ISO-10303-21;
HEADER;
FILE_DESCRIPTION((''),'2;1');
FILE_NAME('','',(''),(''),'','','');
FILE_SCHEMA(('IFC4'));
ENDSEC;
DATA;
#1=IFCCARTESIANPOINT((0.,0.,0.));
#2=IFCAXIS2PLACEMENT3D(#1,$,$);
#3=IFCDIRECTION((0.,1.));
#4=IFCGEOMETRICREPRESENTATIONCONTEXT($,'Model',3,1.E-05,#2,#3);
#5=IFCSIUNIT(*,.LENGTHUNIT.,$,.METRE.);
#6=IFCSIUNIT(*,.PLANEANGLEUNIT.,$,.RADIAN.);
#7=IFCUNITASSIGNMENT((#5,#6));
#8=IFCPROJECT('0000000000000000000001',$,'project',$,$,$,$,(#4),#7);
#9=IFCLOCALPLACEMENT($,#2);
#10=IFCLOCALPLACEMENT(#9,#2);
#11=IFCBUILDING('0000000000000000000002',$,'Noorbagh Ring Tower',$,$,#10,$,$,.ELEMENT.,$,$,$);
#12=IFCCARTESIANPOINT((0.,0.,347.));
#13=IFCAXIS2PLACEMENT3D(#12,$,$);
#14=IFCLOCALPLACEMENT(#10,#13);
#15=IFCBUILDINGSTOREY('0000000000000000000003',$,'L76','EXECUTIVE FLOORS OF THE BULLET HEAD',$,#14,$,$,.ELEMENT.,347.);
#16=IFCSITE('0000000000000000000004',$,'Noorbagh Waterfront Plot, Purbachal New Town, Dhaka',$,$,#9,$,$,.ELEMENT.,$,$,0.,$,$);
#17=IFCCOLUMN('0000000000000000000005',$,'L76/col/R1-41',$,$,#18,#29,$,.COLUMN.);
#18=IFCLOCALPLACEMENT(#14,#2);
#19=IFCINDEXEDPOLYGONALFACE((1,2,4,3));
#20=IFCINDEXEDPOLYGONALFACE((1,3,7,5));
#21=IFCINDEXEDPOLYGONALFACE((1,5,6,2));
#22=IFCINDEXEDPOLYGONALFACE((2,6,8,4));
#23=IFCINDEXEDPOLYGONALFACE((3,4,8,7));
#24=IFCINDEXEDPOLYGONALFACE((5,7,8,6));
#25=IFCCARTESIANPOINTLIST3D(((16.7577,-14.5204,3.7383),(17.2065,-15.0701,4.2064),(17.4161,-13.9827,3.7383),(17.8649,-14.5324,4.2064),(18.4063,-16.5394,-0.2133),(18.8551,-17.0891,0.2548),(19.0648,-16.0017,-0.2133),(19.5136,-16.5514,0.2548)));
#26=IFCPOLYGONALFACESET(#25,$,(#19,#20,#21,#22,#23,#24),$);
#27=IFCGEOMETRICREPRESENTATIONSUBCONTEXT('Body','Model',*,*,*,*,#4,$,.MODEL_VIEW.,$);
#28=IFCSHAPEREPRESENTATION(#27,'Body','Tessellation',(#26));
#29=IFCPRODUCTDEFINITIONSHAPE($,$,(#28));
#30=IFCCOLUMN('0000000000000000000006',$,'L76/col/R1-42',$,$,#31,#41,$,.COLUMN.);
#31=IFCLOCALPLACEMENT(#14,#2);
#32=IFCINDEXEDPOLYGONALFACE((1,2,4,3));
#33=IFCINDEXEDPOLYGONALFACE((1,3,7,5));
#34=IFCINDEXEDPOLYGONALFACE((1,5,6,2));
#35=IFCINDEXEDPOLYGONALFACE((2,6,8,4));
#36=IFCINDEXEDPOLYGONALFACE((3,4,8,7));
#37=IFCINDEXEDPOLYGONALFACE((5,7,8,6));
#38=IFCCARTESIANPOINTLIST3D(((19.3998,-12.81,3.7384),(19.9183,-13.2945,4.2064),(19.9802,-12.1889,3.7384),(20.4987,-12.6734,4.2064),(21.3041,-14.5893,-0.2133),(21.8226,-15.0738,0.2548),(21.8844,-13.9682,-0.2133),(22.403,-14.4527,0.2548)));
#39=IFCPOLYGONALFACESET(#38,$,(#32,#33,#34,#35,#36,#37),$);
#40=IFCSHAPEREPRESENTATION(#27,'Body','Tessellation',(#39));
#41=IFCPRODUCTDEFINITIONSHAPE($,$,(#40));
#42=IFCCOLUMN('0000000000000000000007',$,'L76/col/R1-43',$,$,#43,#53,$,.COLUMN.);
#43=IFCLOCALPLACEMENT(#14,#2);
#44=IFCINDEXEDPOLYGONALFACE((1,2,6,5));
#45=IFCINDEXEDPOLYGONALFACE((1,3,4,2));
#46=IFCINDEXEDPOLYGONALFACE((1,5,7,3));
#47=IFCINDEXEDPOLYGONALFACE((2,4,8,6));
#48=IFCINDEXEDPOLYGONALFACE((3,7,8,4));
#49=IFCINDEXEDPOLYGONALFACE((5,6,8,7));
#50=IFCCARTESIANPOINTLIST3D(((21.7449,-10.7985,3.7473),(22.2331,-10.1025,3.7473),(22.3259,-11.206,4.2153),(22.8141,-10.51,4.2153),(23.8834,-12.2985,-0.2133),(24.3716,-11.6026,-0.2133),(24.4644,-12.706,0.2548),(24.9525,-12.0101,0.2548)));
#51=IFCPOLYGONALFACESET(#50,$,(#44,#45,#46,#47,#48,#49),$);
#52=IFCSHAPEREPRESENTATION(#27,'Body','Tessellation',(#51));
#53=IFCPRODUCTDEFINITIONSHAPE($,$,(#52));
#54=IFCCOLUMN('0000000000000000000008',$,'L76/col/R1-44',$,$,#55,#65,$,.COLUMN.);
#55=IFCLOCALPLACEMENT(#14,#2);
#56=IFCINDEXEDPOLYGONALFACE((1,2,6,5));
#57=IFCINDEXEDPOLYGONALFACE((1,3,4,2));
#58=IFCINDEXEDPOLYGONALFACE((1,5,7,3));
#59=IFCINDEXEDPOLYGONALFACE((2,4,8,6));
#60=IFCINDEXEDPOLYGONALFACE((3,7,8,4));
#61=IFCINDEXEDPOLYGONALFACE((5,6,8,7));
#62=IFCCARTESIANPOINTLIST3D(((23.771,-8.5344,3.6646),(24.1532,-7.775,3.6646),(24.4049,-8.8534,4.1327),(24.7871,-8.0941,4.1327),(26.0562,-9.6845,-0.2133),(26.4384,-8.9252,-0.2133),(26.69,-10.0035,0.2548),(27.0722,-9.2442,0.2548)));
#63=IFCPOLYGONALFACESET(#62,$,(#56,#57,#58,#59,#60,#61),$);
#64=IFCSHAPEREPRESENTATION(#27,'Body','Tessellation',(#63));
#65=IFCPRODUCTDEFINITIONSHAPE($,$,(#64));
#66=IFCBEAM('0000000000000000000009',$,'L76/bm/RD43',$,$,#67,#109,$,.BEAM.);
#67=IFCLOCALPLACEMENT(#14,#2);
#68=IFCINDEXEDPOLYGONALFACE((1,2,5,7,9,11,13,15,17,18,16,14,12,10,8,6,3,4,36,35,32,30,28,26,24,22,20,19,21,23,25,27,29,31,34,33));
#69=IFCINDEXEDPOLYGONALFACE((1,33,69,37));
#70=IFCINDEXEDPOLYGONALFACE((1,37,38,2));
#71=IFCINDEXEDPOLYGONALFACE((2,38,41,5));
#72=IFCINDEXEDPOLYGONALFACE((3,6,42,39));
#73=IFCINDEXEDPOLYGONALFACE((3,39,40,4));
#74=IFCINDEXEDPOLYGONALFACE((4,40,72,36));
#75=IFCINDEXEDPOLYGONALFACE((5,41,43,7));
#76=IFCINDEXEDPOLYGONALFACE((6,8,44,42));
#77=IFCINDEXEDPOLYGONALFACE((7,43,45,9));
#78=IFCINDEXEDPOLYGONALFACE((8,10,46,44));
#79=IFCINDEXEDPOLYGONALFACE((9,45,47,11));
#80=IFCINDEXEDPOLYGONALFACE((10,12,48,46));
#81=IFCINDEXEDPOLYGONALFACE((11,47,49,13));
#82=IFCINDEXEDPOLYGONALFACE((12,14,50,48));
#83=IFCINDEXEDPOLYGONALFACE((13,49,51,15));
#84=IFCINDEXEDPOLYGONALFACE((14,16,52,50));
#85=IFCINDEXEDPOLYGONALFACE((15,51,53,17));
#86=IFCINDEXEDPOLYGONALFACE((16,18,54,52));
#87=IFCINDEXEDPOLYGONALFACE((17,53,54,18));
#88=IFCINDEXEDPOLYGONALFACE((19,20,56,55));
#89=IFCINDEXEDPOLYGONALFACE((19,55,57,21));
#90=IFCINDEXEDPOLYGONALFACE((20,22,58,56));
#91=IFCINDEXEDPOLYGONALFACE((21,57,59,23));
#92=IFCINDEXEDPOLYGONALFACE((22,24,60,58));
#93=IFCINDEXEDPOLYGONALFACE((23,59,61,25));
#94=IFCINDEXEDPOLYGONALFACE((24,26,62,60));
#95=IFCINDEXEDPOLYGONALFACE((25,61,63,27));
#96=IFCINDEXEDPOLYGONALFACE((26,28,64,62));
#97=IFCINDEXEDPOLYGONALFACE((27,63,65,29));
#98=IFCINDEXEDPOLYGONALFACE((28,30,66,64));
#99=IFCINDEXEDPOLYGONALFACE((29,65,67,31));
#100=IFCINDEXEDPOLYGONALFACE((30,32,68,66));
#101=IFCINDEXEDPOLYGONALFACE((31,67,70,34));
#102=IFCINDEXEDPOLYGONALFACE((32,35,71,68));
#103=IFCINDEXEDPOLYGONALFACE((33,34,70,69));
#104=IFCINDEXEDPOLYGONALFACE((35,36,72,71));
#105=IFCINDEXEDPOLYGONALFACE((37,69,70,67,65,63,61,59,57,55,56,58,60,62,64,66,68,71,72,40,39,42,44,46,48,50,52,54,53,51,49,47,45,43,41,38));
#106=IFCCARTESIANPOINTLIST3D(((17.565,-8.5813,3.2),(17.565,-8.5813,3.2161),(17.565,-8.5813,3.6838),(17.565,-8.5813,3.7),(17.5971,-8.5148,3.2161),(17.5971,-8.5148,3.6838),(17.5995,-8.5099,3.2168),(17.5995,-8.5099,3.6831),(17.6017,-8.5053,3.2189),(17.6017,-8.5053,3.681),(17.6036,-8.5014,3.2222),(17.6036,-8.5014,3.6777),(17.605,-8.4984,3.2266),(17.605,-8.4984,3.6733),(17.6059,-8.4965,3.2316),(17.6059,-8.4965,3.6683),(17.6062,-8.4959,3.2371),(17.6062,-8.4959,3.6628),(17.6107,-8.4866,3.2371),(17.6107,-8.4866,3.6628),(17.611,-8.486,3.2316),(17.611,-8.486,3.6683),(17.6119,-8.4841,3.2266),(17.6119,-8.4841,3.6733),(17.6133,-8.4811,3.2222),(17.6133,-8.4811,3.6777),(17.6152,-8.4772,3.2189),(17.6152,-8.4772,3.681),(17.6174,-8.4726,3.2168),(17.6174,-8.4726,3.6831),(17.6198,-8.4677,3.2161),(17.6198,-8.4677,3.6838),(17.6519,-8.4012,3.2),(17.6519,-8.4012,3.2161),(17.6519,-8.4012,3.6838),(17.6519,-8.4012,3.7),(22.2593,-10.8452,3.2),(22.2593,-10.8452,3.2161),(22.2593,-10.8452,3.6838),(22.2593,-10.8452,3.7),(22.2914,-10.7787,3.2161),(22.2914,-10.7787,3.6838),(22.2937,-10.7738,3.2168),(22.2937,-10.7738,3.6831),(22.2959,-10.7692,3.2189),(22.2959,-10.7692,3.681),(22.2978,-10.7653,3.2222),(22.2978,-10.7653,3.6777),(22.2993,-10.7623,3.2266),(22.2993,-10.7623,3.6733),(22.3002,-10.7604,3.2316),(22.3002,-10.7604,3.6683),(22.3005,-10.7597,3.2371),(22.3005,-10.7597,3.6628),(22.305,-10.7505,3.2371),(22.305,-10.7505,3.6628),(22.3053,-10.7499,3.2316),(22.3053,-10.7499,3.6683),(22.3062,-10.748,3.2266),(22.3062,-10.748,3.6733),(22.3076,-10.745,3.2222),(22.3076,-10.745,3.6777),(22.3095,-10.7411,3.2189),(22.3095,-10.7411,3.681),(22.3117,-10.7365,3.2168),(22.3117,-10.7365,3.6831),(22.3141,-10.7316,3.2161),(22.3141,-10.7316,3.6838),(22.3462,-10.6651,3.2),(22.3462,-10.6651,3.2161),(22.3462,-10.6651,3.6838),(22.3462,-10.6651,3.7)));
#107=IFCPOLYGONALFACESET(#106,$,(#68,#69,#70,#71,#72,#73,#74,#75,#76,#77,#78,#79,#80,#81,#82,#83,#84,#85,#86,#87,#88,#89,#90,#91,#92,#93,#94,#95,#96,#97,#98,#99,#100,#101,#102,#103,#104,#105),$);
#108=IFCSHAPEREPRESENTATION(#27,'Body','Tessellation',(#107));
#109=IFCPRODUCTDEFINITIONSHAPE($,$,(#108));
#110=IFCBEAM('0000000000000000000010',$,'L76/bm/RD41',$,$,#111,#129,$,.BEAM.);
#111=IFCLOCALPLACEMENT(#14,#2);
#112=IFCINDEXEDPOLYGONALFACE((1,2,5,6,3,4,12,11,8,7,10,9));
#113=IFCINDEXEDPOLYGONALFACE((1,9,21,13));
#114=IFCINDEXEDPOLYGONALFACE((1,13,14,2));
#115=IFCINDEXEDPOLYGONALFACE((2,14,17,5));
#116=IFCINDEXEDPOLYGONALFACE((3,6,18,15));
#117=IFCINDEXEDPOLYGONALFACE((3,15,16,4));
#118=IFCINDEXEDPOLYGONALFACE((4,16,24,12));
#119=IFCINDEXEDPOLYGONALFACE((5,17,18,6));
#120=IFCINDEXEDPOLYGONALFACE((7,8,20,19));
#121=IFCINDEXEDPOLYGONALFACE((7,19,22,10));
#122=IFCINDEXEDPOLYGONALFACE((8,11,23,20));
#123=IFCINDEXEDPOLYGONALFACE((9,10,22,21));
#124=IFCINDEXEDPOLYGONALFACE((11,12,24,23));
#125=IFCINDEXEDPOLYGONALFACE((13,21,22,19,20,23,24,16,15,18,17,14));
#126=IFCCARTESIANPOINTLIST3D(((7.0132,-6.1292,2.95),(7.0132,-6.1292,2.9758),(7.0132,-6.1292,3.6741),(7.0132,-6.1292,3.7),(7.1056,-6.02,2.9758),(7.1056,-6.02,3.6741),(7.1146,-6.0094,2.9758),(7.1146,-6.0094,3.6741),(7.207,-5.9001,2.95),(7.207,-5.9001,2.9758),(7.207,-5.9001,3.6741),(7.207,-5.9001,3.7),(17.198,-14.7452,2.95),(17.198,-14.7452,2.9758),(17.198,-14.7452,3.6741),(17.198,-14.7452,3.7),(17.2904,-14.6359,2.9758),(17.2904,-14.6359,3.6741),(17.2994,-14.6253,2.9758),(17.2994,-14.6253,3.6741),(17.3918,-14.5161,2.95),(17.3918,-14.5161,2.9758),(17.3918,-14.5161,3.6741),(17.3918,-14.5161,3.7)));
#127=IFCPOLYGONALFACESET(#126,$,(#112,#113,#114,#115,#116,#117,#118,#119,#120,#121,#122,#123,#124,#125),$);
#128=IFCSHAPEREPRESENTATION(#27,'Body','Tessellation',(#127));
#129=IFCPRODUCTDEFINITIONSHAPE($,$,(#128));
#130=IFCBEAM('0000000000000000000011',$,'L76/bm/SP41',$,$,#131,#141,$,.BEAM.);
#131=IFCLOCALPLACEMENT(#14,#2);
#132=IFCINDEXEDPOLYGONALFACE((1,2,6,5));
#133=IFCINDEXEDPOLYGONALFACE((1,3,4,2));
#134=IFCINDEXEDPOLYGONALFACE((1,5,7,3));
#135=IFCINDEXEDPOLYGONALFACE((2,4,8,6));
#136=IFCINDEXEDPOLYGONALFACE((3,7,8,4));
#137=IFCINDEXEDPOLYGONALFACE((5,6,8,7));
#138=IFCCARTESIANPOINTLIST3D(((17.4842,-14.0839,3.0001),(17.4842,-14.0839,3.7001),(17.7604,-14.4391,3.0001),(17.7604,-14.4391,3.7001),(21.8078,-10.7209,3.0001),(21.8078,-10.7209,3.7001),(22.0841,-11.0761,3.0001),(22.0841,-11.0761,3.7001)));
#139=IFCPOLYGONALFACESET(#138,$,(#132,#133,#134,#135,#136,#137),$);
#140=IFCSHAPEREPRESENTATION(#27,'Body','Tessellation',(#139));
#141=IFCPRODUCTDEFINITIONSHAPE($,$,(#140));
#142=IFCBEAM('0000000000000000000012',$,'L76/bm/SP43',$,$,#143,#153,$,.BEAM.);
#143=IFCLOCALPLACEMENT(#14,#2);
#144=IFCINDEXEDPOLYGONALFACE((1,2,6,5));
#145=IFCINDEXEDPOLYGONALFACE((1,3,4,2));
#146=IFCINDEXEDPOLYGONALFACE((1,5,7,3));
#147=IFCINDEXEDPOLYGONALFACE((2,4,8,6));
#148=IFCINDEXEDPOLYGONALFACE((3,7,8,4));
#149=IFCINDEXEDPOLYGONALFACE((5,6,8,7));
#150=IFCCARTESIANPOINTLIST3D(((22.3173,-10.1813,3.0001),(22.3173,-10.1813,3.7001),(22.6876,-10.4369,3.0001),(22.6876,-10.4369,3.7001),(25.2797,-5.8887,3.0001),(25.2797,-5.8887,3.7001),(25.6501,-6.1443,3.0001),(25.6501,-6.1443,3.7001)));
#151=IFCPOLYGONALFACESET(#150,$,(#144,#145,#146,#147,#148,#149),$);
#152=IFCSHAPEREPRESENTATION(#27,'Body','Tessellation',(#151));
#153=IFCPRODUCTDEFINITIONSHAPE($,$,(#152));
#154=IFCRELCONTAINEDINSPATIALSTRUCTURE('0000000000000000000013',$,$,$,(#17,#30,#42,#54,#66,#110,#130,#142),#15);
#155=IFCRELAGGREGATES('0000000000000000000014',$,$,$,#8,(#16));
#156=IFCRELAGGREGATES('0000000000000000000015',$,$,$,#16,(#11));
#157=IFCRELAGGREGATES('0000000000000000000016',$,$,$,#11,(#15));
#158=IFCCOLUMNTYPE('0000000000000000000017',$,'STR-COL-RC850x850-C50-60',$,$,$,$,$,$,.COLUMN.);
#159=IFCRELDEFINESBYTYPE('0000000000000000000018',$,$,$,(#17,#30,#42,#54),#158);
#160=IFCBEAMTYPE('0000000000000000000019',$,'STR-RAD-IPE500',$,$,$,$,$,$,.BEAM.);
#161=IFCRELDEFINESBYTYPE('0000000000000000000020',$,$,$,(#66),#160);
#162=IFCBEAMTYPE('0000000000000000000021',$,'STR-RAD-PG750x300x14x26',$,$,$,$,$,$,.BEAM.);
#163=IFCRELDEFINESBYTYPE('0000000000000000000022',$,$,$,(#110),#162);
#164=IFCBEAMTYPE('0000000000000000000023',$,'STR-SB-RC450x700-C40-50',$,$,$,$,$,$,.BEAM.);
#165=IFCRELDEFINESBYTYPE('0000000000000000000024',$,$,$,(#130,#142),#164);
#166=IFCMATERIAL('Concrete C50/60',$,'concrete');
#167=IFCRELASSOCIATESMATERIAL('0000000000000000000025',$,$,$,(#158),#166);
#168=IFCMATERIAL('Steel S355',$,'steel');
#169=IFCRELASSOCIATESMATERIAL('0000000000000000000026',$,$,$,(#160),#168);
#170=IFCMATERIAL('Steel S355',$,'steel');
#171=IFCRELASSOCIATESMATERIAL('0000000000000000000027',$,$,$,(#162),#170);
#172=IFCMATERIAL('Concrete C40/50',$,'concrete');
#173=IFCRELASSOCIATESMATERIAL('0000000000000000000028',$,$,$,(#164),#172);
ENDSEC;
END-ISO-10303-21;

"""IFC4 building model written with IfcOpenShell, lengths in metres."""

from ifc_helpers import new_model, si_unit, direction, frame, origin, origin_2d, place, context, subcontext, project, spatial, rectangle, i_section, extrude, material, material_profile, profile_set, type_object, element, save


model = new_model("IFC4")

# Units and contexts
model_context = context("Model", 3, precision=1e-05, world=origin(), true_north=direction((0.0, 1.0)))
body_context = subcontext(model_context, "Body", "Model", "MODEL_VIEW")
ifc_project = project(units=[si_unit("LENGTHUNIT", "METRE"), si_unit("PLANEANGLEUNIT", "RADIAN")], contexts=[model_context])

# Site, building, storey
site_placement = place(None, origin())
site = spatial("IfcSite", under=ifc_project, at=site_placement, Name="Noorbagh Waterfront Plot, Purbachal New Town, Dhaka", CompositionType="ELEMENT", RefElevation=0.0)
building_placement = place(site_placement, origin())
building = spatial("IfcBuilding", under=site, at=building_placement, Name="Noorbagh Ring Tower", CompositionType="ELEMENT")
storey_placement = place(building_placement, frame((0.0, 0.0, 347.0)))
storey = spatial("IfcBuildingStorey", under=building, at=storey_placement, Name="L76", Description="EXECUTIVE FLOORS OF THE BULLET HEAD", CompositionType="ELEMENT", Elevation=347.0)

# Columns
ifc_material_1 = material(Name="Concrete C50/60", Category="concrete")
ifc_material_profile_1 = material_profile(ifc_material_1, rectangle(XDim=0.8501, YDim=0.8501, at=origin_2d()), Name="RC850x850")
ifc_profile_set_1 = profile_set([ifc_material_profile_1], Name="Concrete C50/60")
column_type = type_object("IfcColumnType", Name="STR-COL-RC850x850-C50-60", PredefinedType="COLUMN", material=ifc_profile_set_1)
column_1_placement = place(storey_placement, frame((18.96, -16.5454, 0.0208), z_axis=(-0.348267, 0.426503, 0.834749), x_axis=(-0.77457, -0.632488, 0.0)))
element("IfcColumn", 1, at=column_1_placement, inside=storey, type_object=column_type, Name="L76/col/R1-41", PredefinedType="COLUMN", context=body_context, shape_type="SweptSolid", body=[
    extrude(rectangle(XDim=0.8501, YDim=0.8501, at=origin_2d()), origin(), (0.0, 0.0, 1.0), 4.7339),
])
column_2_placement = place(storey_placement, frame((21.8535, -14.521, 0.0208), z_axis=(-0.402286, 0.375879, 0.834794), x_axis=(-0.682719, -0.730681, 0.0)))
element("IfcColumn", 2, at=column_2_placement, inside=storey, type_object=column_type, Name="L76/col/R1-42", PredefinedType="COLUMN", context=body_context, shape_type="SweptSolid", body=[
    extrude(rectangle(XDim=0.8501, YDim=0.8501, at=origin_2d()), origin(), (0.0, 0.0, 1.0), 4.7336),
])
column_3_placement = place(storey_placement, frame((24.418, -12.1543, 0.0208), z_axis=(-0.45074, 0.316171, 0.834787), x_axis=(-0.574259, -0.818674, 0.0)))
element("IfcColumn", 3, at=column_3_placement, inside=storey, type_object=column_type, Name="L76/col/R1-43", PredefinedType="COLUMN", context=body_context, shape_type="SweptSolid", body=[
    extrude(rectangle(XDim=0.8501, YDim=0.8501, at=origin_2d()), origin(), (0.0, 0.0, 1.0), 4.7444),
])
column_4_placement = place(storey_placement, frame((26.5642, -9.4644, 0.0208), z_axis=(-0.49188, 0.247569, 0.834724), x_axis=(-0.449579, -0.893241, 0.0)))
element("IfcColumn", 4, at=column_4_placement, inside=storey, type_object=column_type, Name="L76/col/R1-44", PredefinedType="COLUMN", context=body_context, shape_type="SweptSolid", body=[
    extrude(rectangle(XDim=0.8501, YDim=0.8501, at=origin_2d()), origin(), (0.0, 0.0, 1.0), 4.6458),
])

# Beams
ifc_material_2 = material(Name="Steel S355", Category="steel")
ifc_material_profile_2 = material_profile(ifc_material_2, i_section(OverallWidth=0.2, OverallDepth=0.5, WebThickness=0.0103, FlangeThickness=0.0161, FilletRadius=0.021, at=origin_2d()), Name="IPE500")
ifc_profile_set_2 = profile_set([ifc_material_profile_2], Name="Steel S355")
beam_type_1 = type_object("IfcBeamType", Name="STR-RAD-IPE500", PredefinedType="BEAM", material=ifc_profile_set_2)
beam_1_placement = place(storey_placement, frame((22.3027, -10.7551, 3.45), z_axis=(-0.900725, 0.434389, 0.0), x_axis=(-0.434389, -0.900725, 0.0)))
element("IfcBeam", 5, at=beam_1_placement, inside=storey, type_object=beam_type_1, Name="L76/bm/RD43", PredefinedType="BEAM", context=body_context, shape_type="SweptSolid", body=[
    extrude(i_section(OverallWidth=0.2, OverallDepth=0.5, WebThickness=0.0103, FlangeThickness=0.0161, FilletRadius=0.021, at=origin_2d()), origin(), (0.0, 0.0, 1.0), 5.2117),
])
ifc_material_3 = material(Name="Steel S355", Category="steel")
ifc_material_profile_3 = material_profile(ifc_material_3, i_section(OverallWidth=0.3, OverallDepth=0.75, WebThickness=0.0139, FlangeThickness=0.0259, at=origin_2d()), Name="PG750x300x14x26")
ifc_profile_set_3 = profile_set([ifc_material_profile_3], Name="Steel S355")
beam_type_2 = type_object("IfcBeamType", Name="STR-RAD-PG750x300x14x26", PredefinedType="BEAM", material=ifc_profile_set_3)
beam_2_placement = place(storey_placement, frame((17.2949, -14.6306, 3.325), z_axis=(-0.763458, 0.645857, 0.0), x_axis=(-0.645857, -0.763458, 0.0)))
element("IfcBeam", 6, at=beam_2_placement, inside=storey, type_object=beam_type_2, Name="L76/bm/RD41", PredefinedType="BEAM", context=body_context, shape_type="SweptSolid", body=[
    extrude(i_section(OverallWidth=0.3, OverallDepth=0.75, WebThickness=0.0139, FlangeThickness=0.0259, at=origin_2d()), origin(), (0.0, 0.0, 1.0), 13.3403),
])
ifc_material_4 = material(Name="Concrete C40/50", Category="concrete")
ifc_material_profile_4 = material_profile(ifc_material_4, rectangle(XDim=0.45, YDim=0.7, at=origin_2d()), Name="RC450x700")
ifc_profile_set_4 = profile_set([ifc_material_profile_4], Name="Concrete C40/50")
beam_type_3 = type_object("IfcBeamType", Name="STR-SB-RC450x700-C40-50", PredefinedType="BEAM", material=ifc_profile_set_4)
beam_3_placement = place(storey_placement, frame((17.6223, -14.2615, 3.3501), z_axis=(0.78934, 0.613956, 0.0), x_axis=(-0.613956, 0.78934, 0.0)))
element("IfcBeam", 7, at=beam_3_placement, inside=storey, type_object=beam_type_3, Name="L76/bm/SP41", PredefinedType="BEAM", context=body_context, shape_type="SweptSolid", body=[
    extrude(rectangle(XDim=0.45, YDim=0.7, at=origin_2d()), origin(), (0.0, 0.0, 1.0), 5.4775),
])
beam_4_placement = place(storey_placement, frame((22.5024, -10.3091, 3.3501), z_axis=(0.568002, 0.823027, 0.0), x_axis=(-0.823027, 0.568002, 0.0)))
element("IfcBeam", 8, at=beam_4_placement, inside=storey, type_object=beam_type_3, Name="L76/bm/SP43", PredefinedType="BEAM", context=body_context, shape_type="SweptSolid", body=[
    extrude(rectangle(XDim=0.45, YDim=0.7, at=origin_2d()), origin(), (0.0, 0.0, 1.0), 5.2156),
])

save(model, "model.ifc")
